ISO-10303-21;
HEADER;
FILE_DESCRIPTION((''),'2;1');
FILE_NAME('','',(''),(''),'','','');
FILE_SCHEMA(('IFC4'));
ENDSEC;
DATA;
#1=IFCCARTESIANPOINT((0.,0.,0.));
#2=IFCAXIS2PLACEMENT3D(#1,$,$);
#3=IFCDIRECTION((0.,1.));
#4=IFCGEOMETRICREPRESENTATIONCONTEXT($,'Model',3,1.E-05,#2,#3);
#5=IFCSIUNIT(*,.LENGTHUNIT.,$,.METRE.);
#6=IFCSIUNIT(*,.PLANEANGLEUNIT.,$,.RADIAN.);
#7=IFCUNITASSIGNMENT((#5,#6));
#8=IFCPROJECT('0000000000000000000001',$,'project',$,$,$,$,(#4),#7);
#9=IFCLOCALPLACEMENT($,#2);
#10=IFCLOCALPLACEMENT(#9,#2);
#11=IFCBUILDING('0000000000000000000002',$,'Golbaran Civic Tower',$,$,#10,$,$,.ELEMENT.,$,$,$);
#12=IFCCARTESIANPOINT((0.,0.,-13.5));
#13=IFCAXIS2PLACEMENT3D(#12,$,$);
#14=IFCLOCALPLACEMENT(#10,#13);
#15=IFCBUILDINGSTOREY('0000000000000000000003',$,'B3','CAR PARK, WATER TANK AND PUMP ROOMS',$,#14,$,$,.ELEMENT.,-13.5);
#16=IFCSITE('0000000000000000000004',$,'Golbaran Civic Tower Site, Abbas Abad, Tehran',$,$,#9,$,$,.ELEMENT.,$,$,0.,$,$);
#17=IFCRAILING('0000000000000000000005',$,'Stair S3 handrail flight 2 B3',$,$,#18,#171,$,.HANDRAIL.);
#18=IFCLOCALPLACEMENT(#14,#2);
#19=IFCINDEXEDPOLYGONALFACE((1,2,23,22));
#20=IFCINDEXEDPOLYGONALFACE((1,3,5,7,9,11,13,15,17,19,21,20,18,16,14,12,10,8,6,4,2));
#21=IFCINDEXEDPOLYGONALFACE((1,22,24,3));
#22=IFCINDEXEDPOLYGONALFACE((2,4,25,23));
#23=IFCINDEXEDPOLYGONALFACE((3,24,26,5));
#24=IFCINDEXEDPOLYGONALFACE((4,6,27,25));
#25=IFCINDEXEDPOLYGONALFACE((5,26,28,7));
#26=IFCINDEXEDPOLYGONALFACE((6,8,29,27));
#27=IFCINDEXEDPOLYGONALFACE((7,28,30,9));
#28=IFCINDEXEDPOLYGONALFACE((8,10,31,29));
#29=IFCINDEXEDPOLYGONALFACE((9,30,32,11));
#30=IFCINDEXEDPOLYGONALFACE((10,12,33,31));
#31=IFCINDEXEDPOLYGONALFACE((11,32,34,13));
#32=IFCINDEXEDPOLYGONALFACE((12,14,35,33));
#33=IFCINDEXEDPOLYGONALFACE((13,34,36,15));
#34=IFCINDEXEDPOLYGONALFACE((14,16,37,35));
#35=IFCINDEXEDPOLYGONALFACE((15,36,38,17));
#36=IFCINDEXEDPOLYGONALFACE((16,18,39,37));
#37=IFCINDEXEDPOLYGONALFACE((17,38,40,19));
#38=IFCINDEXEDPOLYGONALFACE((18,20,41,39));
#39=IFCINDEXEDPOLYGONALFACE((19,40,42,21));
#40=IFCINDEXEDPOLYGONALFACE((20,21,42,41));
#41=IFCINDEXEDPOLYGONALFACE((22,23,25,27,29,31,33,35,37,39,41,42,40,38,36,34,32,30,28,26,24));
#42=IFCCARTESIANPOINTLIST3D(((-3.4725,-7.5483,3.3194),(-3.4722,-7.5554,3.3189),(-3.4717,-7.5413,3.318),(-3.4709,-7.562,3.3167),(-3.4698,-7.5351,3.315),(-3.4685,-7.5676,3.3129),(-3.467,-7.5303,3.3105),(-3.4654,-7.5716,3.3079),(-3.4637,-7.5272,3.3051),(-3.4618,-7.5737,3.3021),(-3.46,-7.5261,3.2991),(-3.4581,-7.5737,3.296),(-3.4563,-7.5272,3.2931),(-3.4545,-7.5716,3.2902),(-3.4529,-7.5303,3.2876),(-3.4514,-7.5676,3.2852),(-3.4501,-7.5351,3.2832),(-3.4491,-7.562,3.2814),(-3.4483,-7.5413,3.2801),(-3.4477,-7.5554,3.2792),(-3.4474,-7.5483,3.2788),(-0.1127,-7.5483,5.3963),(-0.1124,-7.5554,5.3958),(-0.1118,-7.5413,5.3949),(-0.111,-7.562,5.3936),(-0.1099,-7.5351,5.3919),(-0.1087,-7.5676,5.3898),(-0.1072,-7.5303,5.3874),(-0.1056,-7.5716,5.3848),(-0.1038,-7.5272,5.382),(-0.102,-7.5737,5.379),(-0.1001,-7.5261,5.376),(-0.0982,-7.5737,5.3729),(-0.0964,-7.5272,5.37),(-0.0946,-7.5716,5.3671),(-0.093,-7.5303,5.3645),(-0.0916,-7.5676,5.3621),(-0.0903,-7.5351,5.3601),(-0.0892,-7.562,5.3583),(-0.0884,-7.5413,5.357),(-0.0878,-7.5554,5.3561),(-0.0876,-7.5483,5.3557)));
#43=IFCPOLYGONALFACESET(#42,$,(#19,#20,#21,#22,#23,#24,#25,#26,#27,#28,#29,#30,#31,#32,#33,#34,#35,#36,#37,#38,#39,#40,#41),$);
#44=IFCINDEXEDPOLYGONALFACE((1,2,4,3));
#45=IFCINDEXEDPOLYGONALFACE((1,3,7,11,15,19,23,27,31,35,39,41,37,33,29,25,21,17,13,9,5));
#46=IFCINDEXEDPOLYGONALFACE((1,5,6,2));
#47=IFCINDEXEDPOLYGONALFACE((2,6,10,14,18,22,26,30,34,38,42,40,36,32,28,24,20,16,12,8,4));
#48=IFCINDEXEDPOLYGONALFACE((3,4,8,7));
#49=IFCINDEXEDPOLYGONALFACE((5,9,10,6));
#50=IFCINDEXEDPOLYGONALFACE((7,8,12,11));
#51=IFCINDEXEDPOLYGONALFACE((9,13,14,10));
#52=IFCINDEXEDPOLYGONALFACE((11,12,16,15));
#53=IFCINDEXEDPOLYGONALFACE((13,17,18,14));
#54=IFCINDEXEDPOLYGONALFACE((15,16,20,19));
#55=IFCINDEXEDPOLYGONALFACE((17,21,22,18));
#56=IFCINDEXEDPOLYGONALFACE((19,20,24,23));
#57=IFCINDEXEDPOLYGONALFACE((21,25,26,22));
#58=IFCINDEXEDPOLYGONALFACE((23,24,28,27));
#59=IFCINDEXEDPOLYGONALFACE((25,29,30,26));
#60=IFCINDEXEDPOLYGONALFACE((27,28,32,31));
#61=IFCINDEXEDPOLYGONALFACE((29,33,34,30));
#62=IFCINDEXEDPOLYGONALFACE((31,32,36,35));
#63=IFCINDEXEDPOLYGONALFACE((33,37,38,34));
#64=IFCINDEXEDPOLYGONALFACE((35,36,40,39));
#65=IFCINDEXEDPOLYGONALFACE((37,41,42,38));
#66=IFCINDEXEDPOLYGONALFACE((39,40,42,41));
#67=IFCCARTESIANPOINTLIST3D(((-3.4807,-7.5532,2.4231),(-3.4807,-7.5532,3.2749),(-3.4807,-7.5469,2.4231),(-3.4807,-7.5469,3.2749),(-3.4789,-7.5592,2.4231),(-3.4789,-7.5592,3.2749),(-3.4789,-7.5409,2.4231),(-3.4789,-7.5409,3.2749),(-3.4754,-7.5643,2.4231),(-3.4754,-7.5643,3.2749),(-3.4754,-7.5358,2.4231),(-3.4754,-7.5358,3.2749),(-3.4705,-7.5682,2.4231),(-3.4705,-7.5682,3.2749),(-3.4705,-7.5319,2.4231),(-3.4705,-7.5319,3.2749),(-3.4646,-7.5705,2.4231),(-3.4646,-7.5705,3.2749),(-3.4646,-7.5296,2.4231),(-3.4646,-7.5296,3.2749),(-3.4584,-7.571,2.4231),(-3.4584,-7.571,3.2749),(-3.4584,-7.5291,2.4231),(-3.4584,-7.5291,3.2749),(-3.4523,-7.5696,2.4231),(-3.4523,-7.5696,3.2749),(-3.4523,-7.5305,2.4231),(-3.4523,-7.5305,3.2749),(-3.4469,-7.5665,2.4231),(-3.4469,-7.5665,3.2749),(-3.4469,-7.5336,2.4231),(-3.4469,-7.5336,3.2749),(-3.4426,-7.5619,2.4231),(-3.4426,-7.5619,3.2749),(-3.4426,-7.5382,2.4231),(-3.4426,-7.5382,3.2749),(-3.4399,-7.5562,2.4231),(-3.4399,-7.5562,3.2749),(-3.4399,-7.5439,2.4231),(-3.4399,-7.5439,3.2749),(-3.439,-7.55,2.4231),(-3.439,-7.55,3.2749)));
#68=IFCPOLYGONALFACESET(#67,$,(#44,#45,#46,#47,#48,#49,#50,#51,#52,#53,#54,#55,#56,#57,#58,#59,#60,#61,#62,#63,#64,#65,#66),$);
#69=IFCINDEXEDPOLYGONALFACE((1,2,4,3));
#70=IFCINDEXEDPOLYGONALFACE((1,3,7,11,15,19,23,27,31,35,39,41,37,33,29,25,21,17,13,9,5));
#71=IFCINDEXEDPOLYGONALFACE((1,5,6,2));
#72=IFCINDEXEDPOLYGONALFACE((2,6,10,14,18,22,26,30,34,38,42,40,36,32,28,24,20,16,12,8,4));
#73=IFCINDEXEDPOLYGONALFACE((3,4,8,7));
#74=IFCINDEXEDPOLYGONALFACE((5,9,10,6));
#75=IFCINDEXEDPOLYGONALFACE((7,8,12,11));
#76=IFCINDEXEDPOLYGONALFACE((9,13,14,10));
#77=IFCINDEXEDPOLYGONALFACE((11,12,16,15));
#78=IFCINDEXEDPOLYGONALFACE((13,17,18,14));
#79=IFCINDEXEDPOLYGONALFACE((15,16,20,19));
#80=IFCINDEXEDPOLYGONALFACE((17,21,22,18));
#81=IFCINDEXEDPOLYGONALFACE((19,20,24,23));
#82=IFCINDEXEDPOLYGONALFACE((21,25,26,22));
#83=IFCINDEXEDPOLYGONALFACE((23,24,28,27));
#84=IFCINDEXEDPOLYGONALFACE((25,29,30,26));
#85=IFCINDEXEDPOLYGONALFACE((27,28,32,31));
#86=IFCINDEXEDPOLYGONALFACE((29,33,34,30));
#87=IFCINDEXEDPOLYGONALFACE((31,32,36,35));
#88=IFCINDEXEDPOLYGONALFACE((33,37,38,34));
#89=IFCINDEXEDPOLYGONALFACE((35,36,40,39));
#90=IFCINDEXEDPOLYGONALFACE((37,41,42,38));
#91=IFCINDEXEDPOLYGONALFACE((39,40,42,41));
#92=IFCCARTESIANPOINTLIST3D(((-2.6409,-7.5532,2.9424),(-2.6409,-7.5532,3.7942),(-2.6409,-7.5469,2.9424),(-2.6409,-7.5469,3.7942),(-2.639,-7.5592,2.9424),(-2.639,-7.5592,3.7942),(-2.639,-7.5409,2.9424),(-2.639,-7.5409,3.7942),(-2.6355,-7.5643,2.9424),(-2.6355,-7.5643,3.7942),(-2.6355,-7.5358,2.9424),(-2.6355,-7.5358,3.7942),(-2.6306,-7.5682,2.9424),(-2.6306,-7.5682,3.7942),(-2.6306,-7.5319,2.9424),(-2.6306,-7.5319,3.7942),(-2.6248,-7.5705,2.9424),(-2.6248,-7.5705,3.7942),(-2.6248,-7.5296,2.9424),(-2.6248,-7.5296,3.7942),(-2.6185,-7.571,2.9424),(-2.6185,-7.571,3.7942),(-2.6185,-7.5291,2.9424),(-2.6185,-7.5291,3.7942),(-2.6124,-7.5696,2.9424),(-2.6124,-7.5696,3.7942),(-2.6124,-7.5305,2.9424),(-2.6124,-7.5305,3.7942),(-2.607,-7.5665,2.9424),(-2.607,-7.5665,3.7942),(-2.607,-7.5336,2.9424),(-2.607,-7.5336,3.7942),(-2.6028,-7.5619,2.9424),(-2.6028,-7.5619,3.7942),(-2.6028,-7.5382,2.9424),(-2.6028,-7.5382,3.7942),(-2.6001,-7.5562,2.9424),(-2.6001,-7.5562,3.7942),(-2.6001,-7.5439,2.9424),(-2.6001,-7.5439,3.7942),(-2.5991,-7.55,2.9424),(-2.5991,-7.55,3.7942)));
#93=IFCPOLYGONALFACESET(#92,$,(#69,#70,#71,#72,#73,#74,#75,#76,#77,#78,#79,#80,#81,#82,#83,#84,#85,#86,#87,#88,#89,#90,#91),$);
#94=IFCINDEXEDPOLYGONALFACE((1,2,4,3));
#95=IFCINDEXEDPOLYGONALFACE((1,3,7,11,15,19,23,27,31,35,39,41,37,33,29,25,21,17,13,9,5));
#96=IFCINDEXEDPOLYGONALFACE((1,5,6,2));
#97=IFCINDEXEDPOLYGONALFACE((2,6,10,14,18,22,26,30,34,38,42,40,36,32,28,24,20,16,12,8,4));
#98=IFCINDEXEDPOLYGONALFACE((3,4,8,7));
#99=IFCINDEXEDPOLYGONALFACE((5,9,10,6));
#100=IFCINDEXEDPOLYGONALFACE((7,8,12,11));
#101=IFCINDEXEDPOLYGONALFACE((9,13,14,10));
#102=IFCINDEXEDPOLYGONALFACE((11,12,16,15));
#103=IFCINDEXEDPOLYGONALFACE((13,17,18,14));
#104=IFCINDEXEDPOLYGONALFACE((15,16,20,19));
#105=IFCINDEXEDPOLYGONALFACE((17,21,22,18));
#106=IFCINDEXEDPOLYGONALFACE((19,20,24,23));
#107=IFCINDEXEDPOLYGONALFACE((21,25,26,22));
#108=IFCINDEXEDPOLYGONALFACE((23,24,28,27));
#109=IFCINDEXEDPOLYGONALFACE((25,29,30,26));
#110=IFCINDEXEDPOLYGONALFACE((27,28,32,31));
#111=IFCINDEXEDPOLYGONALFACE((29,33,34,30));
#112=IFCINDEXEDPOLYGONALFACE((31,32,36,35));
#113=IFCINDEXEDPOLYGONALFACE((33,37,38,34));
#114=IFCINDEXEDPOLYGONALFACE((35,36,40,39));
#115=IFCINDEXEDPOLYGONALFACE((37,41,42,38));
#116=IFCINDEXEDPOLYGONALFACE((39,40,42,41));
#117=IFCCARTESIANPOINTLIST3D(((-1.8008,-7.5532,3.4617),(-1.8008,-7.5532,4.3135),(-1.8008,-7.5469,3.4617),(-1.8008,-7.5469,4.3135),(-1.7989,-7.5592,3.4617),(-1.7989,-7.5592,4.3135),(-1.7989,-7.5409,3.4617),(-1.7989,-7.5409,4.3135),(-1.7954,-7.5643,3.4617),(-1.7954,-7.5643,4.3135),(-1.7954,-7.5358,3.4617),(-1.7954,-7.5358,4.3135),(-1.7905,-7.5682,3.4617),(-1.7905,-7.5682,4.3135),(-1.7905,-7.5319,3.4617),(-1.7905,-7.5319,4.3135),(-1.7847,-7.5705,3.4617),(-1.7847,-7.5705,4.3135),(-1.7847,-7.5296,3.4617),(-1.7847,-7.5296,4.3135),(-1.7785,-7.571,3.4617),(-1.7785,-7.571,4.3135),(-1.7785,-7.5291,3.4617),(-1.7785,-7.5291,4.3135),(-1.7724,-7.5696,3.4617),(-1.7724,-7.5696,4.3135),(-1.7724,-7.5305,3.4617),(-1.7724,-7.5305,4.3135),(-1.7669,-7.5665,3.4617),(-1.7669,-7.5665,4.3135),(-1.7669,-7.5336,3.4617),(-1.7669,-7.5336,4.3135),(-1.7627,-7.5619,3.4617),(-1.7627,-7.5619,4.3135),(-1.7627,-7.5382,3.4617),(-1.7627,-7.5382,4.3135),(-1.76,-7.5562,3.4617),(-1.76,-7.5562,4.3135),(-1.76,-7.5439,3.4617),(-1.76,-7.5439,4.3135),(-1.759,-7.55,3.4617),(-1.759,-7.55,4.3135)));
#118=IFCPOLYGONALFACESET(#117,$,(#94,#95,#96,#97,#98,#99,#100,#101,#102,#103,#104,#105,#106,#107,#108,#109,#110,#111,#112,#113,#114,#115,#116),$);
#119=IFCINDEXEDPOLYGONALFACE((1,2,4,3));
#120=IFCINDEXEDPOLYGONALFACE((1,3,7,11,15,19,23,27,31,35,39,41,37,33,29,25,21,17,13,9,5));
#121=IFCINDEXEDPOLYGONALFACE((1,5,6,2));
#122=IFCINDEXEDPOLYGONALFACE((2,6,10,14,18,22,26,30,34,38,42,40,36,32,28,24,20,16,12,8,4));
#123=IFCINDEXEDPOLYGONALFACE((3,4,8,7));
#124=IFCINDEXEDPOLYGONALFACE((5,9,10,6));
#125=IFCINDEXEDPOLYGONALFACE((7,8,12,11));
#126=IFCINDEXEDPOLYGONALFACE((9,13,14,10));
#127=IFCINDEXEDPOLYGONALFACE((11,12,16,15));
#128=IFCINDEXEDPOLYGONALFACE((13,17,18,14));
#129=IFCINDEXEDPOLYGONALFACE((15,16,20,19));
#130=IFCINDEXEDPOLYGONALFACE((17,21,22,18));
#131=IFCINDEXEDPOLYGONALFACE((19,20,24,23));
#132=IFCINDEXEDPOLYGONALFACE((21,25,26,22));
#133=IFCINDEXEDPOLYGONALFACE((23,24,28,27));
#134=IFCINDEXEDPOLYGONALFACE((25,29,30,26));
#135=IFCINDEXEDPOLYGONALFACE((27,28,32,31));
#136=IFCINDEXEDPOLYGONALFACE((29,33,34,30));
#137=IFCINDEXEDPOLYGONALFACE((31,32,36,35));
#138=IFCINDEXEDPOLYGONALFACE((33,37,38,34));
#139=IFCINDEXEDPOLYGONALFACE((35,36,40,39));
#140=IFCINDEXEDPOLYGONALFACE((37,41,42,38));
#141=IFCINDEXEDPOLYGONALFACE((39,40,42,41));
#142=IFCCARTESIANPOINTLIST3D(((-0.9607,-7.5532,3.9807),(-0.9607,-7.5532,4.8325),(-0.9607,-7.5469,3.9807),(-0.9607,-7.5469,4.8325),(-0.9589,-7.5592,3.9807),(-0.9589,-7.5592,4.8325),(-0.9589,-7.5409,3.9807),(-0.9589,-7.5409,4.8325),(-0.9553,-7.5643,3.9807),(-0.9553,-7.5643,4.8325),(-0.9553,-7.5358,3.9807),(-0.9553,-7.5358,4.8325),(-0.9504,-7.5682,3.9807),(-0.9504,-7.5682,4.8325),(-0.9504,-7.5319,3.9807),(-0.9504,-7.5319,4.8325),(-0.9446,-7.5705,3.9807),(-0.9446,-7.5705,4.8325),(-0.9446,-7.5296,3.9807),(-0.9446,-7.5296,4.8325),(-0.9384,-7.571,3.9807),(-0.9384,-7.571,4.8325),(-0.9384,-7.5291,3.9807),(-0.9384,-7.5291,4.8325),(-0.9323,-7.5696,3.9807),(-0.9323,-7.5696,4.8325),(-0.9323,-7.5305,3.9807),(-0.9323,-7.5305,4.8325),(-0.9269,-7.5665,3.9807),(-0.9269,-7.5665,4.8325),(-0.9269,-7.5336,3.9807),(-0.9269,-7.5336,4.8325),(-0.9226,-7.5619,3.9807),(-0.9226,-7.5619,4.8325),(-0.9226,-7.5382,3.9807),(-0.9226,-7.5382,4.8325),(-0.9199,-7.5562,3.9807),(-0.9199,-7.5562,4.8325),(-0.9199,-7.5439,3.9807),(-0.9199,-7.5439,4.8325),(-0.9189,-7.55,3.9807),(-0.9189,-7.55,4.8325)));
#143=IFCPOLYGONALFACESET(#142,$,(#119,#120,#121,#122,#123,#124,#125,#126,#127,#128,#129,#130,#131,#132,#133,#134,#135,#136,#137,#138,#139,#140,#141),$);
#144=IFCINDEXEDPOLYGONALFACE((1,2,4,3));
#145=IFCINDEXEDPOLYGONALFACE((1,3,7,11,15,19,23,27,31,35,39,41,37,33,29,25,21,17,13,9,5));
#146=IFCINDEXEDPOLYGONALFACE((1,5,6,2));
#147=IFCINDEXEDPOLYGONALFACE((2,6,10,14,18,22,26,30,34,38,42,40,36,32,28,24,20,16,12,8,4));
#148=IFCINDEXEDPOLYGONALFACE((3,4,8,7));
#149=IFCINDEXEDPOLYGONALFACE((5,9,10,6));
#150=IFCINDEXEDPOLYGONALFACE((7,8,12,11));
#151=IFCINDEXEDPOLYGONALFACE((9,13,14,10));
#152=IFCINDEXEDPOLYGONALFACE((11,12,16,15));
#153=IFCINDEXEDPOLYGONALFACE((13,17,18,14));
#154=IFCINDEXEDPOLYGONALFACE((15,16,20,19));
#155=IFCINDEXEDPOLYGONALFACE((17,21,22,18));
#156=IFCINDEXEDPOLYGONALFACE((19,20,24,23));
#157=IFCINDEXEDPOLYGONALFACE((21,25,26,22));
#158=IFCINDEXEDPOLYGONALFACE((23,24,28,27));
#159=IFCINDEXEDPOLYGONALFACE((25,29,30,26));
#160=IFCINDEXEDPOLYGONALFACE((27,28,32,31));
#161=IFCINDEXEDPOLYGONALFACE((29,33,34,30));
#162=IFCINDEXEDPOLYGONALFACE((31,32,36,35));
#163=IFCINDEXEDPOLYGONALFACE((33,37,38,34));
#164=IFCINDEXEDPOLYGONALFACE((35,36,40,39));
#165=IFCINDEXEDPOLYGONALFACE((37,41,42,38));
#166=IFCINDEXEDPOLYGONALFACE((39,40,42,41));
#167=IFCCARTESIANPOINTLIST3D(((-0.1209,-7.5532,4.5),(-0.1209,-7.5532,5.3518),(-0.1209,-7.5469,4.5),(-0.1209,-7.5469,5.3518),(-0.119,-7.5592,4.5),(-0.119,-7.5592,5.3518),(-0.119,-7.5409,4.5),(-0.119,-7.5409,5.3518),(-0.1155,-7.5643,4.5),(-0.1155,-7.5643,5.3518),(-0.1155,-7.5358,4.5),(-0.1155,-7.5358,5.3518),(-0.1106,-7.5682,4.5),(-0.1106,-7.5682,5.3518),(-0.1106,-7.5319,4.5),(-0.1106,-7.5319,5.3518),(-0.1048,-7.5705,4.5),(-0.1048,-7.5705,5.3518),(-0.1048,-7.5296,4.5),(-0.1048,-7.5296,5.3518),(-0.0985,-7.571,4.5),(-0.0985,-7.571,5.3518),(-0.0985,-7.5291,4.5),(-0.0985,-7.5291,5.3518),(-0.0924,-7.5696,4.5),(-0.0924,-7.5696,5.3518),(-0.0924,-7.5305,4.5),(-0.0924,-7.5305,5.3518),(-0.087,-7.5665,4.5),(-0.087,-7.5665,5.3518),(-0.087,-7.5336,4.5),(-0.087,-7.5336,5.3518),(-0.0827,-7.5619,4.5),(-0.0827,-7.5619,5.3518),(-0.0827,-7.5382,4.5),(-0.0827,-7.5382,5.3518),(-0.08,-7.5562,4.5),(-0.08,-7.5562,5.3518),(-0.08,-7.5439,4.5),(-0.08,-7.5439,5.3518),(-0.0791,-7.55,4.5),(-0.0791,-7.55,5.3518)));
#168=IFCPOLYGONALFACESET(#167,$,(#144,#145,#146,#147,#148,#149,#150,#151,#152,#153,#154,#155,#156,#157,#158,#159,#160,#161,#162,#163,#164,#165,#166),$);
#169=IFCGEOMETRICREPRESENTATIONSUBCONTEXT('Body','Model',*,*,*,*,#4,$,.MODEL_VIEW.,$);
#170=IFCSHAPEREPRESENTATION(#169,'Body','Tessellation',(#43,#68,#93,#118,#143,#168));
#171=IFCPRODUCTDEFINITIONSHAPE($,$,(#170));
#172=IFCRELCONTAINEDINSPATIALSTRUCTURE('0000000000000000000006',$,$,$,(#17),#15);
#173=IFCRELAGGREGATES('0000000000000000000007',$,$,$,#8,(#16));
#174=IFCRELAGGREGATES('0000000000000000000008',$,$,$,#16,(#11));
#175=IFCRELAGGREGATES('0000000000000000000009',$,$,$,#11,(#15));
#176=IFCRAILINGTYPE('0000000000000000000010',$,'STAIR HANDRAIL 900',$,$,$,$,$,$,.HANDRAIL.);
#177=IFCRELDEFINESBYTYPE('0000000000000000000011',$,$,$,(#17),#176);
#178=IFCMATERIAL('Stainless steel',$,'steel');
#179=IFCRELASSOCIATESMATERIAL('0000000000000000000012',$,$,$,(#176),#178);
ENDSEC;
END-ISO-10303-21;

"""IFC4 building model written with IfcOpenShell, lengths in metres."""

from ifc_helpers import new_model, si_unit, direction, frame, origin, origin_2d, place, context, subcontext, project, spatial, circle, extrude, material, type_object, element, save


model = new_model("IFC4")

# Units and contexts
model_context = context("Model", 3, precision=1e-05, world=origin(), true_north=direction((0.0, 1.0)))
body_context = subcontext(model_context, "Body", "Model", "MODEL_VIEW")
ifc_project = project(units=[si_unit("LENGTHUNIT", "METRE"), si_unit("PLANEANGLEUNIT", "RADIAN")], contexts=[model_context])

# Site, building, storey
site_placement = place(None, origin())
site = spatial("IfcSite", under=ifc_project, at=site_placement, Name="Golbaran Civic Tower Site, Abbas Abad, Tehran", CompositionType="ELEMENT", RefElevation=0.0)
building_placement = place(site_placement, origin())
building = spatial("IfcBuilding", under=site, at=building_placement, Name="Golbaran Civic Tower", CompositionType="ELEMENT")
storey_placement = place(building_placement, frame((0.0, 0.0, -13.5)))
storey = spatial("IfcBuildingStorey", under=building, at=storey_placement, Name="B3", Description="CAR PARK, WATER TANK AND PUMP ROOMS", CompositionType="ELEMENT", Elevation=-13.5)

# Railing
ifc_material_1 = material(Name="Stainless steel", Category="steel")
railing_type = type_object("IfcRailingType", Name="STAIR HANDRAIL 900", PredefinedType="HANDRAIL", material=ifc_material_1)
railing_1_placement = place(storey_placement, frame((-3.46, -7.55, 2.4231)))
element("IfcRailing", 1, at=railing_1_placement, inside=storey, type_object=railing_type, Name="Stair S3 handrail flight 2 B3", PredefinedType="HANDRAIL", context=body_context, shape_type="SweptSolid", body=[
    extrude(circle(Radius=0.0239, at=origin_2d()), frame((0.0, 0.0, 0.876), z_axis=(0.850606, 0.0, 0.525803), x_axis=(0.0, 1.0, 0.0)), (0.0, 0.0, 1.0), 3.95),
    extrude(circle(Radius=0.021, at=origin_2d()), origin(), (0.0, 0.0, 1.0), 0.8518),
    extrude(circle(Radius=0.021, at=origin_2d()), frame((0.8398, 0.0, 0.5193)), (0.0, 0.0, 1.0), 0.8518),
    extrude(circle(Radius=0.021, at=origin_2d()), frame((1.6799, 0.0, 1.0386)), (0.0, 0.0, 1.0), 0.8518),
    extrude(circle(Radius=0.021, at=origin_2d()), frame((2.52, 0.0, 1.5576)), (0.0, 0.0, 1.0), 0.8518),
    extrude(circle(Radius=0.021, at=origin_2d()), frame((3.3599, 0.0, 2.0769)), (0.0, 0.0, 1.0), 0.8518),
])

save(model, "model.ifc")
